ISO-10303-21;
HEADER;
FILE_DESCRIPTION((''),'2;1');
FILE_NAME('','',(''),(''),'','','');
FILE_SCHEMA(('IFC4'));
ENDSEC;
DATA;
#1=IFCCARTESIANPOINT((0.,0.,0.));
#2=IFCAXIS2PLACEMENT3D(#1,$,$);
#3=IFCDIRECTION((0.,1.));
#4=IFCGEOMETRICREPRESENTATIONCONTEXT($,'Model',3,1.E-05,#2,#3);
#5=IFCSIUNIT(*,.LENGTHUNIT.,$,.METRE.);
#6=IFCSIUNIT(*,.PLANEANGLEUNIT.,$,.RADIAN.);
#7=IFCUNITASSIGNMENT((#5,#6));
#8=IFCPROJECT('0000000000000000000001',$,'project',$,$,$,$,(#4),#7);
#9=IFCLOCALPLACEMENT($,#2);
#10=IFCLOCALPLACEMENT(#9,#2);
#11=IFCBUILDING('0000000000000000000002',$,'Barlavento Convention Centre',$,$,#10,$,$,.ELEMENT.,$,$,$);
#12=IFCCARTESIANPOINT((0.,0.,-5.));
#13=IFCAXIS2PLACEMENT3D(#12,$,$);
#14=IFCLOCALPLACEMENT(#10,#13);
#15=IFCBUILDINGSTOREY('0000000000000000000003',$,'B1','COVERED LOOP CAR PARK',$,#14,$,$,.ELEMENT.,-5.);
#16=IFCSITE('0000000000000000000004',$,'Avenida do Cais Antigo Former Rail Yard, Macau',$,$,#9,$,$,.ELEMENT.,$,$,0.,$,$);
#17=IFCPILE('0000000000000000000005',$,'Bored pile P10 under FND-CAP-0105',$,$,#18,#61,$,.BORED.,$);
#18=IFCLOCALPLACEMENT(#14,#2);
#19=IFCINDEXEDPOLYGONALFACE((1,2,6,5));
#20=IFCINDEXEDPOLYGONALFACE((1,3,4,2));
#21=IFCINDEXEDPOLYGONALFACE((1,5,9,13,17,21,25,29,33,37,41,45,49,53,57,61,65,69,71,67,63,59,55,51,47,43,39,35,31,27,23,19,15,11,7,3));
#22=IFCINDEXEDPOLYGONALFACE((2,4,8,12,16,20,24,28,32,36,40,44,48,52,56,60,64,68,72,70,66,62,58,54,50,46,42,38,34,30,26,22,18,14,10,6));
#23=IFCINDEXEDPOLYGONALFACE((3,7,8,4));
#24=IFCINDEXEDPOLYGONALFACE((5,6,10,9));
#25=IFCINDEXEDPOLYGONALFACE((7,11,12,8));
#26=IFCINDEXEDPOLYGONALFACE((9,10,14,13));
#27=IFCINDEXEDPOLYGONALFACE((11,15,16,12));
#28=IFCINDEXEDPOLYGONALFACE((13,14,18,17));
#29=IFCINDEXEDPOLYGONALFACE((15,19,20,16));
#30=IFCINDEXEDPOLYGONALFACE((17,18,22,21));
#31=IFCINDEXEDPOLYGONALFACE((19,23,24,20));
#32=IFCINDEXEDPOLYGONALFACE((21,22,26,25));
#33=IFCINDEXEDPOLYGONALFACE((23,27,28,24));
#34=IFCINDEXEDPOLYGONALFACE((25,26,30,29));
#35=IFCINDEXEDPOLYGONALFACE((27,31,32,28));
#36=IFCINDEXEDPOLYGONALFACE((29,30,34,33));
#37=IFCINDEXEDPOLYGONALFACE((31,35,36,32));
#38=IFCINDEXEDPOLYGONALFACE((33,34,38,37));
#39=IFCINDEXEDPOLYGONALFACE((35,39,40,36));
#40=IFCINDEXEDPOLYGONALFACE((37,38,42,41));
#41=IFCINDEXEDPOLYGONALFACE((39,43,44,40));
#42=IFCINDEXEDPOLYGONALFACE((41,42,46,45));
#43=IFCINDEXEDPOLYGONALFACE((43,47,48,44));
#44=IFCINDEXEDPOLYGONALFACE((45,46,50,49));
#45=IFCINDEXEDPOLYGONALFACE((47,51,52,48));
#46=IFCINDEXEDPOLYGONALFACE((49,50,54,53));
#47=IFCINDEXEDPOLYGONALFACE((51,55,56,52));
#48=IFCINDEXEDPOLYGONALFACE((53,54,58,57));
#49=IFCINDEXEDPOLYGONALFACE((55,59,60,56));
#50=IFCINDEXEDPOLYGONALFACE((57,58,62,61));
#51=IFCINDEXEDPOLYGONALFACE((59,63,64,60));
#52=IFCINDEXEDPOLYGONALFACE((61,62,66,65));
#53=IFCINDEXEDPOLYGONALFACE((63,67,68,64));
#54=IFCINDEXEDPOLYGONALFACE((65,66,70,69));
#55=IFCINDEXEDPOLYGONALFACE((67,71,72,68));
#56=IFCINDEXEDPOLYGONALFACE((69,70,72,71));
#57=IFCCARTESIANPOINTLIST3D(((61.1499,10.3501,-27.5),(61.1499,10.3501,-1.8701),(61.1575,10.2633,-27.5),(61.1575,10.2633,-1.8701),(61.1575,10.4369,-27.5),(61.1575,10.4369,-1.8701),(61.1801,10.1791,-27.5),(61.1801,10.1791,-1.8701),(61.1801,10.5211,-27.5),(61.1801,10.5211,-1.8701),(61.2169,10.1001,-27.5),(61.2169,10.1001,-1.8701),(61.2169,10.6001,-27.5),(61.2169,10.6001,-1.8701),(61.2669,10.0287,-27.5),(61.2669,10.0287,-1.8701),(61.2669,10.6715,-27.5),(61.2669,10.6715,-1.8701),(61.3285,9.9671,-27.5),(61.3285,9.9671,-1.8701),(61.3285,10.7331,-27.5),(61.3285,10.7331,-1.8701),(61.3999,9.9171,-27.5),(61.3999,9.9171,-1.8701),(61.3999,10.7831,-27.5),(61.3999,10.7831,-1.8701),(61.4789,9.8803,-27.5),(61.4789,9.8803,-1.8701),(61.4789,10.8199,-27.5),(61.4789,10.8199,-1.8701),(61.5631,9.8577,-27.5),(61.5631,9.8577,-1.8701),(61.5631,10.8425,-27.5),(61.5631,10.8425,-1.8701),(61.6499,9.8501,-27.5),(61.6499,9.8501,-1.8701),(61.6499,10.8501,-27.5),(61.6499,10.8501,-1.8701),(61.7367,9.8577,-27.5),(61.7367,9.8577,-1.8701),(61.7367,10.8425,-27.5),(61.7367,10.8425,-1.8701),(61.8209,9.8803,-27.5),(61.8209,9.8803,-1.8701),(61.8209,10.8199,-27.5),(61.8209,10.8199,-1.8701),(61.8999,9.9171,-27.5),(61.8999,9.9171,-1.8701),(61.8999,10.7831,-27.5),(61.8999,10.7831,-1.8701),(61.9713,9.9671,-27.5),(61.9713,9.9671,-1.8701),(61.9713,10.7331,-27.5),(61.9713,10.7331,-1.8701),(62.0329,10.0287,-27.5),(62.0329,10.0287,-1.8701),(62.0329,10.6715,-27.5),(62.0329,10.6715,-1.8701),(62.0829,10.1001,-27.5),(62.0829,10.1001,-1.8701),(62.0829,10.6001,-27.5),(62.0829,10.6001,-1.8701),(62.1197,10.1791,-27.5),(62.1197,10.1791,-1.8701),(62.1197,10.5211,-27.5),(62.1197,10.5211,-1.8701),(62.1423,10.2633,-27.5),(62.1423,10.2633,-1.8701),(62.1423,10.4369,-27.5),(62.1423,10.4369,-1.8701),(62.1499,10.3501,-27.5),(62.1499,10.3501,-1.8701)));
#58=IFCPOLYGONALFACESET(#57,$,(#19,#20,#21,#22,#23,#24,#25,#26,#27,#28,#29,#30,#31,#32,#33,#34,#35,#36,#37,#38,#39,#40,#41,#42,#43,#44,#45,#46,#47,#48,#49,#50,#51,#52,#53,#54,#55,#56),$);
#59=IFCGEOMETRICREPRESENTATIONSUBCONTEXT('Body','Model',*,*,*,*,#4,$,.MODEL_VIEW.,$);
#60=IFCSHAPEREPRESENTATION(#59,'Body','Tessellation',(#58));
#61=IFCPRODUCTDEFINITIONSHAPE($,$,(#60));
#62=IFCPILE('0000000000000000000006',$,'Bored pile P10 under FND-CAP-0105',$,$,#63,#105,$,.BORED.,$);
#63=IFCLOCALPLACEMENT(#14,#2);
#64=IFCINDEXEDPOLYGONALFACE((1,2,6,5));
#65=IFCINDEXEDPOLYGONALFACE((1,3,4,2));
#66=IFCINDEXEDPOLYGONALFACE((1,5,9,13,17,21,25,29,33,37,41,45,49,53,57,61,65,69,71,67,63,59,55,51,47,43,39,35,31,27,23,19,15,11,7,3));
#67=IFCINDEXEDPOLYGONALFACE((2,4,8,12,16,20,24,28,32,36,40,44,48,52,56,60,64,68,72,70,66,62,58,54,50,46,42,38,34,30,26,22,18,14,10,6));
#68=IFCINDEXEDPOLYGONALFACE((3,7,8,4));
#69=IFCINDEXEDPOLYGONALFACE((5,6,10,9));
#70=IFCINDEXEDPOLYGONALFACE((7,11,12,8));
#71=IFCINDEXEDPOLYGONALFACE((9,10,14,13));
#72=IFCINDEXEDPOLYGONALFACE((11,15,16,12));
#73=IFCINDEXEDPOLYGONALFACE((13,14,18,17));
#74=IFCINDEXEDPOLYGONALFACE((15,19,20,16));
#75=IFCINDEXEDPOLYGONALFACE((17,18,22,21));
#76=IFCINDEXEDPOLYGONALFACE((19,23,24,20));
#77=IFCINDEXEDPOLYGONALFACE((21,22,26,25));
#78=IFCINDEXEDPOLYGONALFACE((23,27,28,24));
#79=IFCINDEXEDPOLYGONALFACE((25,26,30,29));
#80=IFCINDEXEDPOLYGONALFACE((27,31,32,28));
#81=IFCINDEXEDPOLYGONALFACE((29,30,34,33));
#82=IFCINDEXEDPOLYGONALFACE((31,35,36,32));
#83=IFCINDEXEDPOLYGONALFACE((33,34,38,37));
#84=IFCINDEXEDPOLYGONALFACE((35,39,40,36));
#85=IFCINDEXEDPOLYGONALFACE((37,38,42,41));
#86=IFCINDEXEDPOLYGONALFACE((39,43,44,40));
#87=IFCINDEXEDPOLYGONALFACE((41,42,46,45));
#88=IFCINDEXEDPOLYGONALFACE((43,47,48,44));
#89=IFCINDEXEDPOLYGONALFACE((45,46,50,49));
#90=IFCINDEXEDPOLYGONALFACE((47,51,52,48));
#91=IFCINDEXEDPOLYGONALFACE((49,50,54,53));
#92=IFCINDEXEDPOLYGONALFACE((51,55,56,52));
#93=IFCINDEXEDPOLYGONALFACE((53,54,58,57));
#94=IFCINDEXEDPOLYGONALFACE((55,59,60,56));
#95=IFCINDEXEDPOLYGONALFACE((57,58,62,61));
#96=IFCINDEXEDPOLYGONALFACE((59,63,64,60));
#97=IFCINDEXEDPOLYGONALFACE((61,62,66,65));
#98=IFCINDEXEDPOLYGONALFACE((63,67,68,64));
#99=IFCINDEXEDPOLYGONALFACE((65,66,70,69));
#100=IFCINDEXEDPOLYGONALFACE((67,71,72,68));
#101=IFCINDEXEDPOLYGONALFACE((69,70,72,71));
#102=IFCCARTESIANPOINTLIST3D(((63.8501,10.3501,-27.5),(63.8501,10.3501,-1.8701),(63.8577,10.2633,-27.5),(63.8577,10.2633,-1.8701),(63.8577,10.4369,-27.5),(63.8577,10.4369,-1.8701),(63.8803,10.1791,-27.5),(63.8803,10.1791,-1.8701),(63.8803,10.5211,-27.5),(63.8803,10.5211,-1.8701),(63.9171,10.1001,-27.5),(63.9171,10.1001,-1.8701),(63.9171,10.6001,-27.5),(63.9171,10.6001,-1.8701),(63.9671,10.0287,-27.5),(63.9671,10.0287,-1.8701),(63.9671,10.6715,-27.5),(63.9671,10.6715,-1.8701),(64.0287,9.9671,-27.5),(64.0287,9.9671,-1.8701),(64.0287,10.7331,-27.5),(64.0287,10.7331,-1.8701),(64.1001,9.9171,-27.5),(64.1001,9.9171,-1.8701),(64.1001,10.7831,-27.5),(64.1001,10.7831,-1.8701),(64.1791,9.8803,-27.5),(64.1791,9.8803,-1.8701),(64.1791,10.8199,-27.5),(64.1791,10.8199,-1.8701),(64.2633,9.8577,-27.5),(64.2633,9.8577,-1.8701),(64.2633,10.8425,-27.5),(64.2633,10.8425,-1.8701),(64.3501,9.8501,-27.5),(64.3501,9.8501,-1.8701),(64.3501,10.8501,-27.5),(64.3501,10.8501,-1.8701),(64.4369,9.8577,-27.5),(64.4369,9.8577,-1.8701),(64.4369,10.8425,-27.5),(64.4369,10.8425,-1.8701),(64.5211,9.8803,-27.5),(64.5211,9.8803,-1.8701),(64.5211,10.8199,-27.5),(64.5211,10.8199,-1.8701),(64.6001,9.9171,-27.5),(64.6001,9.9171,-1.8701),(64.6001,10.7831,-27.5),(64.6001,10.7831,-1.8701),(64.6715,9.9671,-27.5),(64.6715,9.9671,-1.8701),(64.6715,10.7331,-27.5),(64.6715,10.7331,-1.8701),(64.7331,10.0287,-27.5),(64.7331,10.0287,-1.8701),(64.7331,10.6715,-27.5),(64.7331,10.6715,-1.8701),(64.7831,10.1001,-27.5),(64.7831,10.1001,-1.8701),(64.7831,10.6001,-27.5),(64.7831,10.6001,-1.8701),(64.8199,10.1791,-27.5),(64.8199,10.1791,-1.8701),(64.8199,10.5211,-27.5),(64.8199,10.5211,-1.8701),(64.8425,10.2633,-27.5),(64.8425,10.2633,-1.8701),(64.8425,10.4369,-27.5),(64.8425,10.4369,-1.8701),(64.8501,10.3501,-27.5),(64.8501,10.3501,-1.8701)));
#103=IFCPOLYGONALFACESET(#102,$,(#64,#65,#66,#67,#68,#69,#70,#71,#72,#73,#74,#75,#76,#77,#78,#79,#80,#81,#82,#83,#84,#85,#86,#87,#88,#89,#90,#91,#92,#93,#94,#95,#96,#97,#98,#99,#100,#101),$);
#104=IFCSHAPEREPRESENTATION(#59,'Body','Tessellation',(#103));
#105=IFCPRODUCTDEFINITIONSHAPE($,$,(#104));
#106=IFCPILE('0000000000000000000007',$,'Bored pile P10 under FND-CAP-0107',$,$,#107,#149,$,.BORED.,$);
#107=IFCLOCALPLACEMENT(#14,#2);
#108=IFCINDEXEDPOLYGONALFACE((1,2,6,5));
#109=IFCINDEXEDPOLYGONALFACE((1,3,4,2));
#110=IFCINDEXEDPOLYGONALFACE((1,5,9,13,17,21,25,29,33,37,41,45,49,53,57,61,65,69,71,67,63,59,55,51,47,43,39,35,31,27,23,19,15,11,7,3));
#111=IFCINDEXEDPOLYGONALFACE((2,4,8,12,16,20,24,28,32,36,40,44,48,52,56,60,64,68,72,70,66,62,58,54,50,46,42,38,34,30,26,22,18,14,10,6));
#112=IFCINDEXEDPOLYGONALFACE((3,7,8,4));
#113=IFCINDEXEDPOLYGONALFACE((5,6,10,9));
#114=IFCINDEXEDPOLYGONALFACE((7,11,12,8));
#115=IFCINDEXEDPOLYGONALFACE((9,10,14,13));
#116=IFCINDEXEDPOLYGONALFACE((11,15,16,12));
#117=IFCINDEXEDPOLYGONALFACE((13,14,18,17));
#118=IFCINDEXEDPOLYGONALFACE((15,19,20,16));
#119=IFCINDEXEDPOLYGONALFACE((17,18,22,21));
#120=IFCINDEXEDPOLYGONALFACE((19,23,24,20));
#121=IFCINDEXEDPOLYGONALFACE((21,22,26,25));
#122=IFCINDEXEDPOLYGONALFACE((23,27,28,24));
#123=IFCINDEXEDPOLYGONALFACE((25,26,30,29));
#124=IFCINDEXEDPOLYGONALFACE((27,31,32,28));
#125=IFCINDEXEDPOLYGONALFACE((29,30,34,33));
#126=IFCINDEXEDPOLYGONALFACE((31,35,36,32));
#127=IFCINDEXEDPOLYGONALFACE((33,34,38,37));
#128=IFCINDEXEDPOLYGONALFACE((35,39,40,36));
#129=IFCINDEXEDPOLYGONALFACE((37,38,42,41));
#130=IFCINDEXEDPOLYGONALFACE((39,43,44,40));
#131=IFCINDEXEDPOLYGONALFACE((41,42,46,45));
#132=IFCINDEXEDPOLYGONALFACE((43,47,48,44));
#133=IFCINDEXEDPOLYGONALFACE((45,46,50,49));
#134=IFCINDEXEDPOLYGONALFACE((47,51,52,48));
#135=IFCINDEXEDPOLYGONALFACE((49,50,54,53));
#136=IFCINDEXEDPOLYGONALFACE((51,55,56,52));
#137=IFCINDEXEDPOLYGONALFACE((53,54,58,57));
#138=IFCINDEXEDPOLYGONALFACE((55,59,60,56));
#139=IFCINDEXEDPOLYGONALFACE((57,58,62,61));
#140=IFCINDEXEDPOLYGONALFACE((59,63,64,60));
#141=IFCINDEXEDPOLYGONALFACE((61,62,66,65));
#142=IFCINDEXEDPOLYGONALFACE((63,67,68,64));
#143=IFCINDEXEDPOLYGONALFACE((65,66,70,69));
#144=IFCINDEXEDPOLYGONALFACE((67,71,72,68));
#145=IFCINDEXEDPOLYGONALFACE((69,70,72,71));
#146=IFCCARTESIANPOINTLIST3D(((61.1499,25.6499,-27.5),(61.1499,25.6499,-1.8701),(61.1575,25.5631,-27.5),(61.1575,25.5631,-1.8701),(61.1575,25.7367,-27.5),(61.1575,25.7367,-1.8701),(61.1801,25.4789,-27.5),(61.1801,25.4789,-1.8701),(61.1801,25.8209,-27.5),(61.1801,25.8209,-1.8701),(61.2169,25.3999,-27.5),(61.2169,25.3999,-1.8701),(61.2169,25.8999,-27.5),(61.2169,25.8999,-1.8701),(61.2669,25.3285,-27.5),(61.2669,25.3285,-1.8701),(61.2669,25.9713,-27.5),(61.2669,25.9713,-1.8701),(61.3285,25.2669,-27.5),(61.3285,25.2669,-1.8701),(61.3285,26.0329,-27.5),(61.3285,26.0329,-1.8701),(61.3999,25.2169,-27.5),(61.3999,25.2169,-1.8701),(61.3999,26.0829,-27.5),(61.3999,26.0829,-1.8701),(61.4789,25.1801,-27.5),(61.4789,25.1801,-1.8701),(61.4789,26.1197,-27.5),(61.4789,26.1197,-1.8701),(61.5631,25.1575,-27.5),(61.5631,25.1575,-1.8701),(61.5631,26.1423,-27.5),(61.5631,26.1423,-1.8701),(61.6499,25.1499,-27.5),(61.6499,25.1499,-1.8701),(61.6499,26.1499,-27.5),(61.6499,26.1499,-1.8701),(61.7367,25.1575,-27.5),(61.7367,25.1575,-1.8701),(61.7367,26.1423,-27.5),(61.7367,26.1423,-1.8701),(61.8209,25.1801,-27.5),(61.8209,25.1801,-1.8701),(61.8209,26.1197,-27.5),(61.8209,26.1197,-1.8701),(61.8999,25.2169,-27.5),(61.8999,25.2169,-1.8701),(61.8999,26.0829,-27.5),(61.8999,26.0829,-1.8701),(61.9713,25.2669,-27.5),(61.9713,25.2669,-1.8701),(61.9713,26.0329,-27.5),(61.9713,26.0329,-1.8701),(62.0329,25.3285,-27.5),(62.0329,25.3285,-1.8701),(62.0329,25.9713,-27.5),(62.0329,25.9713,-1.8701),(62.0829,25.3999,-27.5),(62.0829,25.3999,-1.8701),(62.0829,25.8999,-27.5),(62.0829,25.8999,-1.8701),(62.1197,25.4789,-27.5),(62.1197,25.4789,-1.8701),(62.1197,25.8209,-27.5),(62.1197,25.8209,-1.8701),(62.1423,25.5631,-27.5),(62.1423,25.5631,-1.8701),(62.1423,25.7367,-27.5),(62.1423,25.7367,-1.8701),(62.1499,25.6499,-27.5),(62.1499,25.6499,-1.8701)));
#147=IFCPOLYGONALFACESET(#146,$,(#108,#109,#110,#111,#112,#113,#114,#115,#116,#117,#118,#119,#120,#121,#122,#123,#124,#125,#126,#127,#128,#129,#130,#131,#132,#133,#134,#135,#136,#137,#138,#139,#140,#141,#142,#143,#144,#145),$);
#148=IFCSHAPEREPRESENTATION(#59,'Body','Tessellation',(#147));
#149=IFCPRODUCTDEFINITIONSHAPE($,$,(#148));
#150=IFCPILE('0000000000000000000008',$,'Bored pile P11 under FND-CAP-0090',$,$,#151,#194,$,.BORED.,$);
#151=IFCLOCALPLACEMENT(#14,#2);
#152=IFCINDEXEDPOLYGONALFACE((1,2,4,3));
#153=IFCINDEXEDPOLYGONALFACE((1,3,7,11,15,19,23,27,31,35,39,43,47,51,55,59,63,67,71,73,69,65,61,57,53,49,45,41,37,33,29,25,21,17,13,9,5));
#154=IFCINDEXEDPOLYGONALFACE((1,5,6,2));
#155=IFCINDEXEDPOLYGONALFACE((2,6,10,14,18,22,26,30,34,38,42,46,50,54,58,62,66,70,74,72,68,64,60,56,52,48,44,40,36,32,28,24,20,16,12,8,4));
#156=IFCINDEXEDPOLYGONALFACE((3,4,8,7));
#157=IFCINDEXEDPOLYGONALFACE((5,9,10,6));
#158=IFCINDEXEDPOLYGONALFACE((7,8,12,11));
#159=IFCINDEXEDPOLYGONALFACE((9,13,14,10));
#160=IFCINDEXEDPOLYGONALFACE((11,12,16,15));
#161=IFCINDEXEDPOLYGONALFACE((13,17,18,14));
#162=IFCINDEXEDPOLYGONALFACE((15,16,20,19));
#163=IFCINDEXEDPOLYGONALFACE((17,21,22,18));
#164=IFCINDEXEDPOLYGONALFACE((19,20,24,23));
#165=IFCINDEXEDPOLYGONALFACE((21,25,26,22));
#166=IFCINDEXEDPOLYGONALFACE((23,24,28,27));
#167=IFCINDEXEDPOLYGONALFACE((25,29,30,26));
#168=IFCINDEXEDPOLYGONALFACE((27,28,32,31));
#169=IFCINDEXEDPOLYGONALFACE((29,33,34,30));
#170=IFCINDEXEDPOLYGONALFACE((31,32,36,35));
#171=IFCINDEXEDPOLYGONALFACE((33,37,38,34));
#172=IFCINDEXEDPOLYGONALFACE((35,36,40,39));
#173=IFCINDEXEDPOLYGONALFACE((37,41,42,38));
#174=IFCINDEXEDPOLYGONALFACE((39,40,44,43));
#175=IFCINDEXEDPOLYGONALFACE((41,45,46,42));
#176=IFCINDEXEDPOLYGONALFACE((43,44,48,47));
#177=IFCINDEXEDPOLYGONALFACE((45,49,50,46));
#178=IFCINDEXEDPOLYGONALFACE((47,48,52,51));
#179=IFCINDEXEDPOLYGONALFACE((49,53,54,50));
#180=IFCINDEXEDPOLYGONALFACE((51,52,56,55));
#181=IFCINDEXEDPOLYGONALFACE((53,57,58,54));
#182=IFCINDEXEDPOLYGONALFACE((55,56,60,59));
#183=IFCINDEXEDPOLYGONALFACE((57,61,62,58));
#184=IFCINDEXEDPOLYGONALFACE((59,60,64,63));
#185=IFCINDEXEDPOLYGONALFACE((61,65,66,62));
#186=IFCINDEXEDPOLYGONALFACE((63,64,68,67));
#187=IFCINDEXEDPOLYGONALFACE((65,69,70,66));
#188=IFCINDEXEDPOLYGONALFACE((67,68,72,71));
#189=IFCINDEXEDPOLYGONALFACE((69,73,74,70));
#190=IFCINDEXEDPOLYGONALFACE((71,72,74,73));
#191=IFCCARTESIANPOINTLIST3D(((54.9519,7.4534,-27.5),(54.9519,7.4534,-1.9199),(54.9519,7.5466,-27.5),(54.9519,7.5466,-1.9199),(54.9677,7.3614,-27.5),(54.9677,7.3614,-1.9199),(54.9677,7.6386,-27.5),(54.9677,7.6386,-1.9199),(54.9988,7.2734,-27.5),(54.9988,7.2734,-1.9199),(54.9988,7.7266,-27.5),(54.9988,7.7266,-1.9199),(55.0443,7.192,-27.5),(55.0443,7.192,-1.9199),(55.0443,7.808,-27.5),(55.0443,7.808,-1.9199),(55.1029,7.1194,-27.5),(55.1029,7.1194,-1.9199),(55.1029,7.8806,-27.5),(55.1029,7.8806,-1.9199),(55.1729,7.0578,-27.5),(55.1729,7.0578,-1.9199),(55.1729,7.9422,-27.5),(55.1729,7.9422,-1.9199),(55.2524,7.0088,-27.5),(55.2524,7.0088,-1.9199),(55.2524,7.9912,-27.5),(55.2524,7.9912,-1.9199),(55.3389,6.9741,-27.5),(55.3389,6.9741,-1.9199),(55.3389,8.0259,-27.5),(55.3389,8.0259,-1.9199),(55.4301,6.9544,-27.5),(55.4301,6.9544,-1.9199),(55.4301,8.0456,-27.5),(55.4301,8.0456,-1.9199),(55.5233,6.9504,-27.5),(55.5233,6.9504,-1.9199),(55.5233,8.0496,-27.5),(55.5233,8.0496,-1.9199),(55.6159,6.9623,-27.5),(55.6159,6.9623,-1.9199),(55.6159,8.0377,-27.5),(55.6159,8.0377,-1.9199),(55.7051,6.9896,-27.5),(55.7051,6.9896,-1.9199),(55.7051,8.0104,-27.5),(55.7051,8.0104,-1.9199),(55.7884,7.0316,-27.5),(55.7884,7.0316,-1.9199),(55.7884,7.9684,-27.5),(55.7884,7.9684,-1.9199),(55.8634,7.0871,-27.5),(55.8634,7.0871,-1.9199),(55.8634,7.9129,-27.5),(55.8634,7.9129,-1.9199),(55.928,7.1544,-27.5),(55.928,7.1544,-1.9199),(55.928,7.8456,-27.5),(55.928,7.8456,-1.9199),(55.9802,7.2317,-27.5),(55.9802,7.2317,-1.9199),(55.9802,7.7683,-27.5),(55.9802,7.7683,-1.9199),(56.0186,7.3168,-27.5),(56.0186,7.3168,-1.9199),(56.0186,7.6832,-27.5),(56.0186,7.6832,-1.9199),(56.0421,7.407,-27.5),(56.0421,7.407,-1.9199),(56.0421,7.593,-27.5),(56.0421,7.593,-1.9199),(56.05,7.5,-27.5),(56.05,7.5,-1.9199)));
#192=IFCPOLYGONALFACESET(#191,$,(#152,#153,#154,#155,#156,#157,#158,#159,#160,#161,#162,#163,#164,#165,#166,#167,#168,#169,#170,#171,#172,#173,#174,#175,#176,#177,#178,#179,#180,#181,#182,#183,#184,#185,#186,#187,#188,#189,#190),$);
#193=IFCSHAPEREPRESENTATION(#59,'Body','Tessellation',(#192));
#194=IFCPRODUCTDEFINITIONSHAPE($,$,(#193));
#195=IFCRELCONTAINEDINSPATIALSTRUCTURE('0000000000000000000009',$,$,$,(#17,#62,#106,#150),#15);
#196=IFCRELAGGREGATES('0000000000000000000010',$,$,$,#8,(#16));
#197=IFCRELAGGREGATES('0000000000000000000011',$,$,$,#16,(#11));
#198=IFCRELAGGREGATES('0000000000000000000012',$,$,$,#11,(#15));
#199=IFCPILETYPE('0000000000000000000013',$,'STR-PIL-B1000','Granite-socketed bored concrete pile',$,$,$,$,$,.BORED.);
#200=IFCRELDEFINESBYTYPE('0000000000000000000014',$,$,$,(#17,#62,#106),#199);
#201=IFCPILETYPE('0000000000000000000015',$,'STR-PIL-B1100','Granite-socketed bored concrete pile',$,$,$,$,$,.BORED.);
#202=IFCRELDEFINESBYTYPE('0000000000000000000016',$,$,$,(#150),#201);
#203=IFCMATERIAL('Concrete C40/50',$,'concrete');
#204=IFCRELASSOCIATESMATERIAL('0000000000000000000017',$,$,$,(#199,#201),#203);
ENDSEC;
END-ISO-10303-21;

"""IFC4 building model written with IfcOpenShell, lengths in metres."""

from ifc_helpers import new_model, si_unit, direction, frame, origin, origin_2d, place, context, subcontext, project, spatial, circle, extrude, material, material_profile, profile_set, type_object, element, save


model = new_model("IFC4")

# Units and contexts
model_context = context("Model", 3, precision=1e-05, world=origin(), true_north=direction((0.0, 1.0)))
body_context = subcontext(model_context, "Body", "Model", "MODEL_VIEW")
ifc_project = project(units=[si_unit("LENGTHUNIT", "METRE"), si_unit("PLANEANGLEUNIT", "RADIAN")], contexts=[model_context])

# Site, building, storey
site_placement = place(None, origin())
site = spatial("IfcSite", under=ifc_project, at=site_placement, Name="Avenida do Cais Antigo Former Rail Yard, Macau", CompositionType="ELEMENT", RefElevation=0.0)
building_placement = place(site_placement, origin())
building = spatial("IfcBuilding", under=site, at=building_placement, Name="Barlavento Convention Centre", CompositionType="ELEMENT")
storey_placement = place(building_placement, frame((0.0, 0.0, -5.0)))
storey = spatial("IfcBuildingStorey", under=building, at=storey_placement, Name="B1", Description="COVERED LOOP CAR PARK", CompositionType="ELEMENT", Elevation=-5.0)

# Shared definitions
ifc_material_1 = material(Name="Concrete C40/50", Category="concrete")

# Piles
ifc_material_profile_1 = material_profile(ifc_material_1, circle(Radius=0.5, at=origin_2d()), Name="BORED PILE 1000")
ifc_profile_set_1 = profile_set([ifc_material_profile_1], Name="Concrete C40/50")
pile_type_1 = type_object("IfcPileType", Name="STR-PIL-B1000", Description="Granite-socketed bored concrete pile", PredefinedType="BORED", material=ifc_profile_set_1)
for number, where, z_axis, x_axis, name in (
    (1, (61.6499, 10.3501, -1.8701), (0.0, 0.0, -1.0), (1.0, 0.0, 0.0), "Bored pile P10 under FND-CAP-0105"),
    (2, (64.3501, 10.3501, -1.8701), (0.0, 0.0, -1.0), (1.0, 0.0, 0.0), "Bored pile P10 under FND-CAP-0105"),
    (3, (61.6499, 25.6499, -1.8701), (0.0, 0.0, -1.0), (1.0, 0.0, 0.0), "Bored pile P10 under FND-CAP-0107"),
):
    element("IfcPile", number, at=place(storey_placement, frame(where, z_axis=z_axis, x_axis=x_axis)), inside=storey, type_object=pile_type_1, Name=name, PredefinedType="BORED", context=body_context, shape_type="SweptSolid", body=[
        extrude(circle(Radius=0.5, at=origin_2d()), origin(), (0.0, 0.0, 1.0), 25.6299),
    ])
ifc_material_profile_2 = material_profile(ifc_material_1, circle(Radius=0.55, at=origin_2d()), Name="BORED PILE 1100")
ifc_profile_set_2 = profile_set([ifc_material_profile_2], Name="Concrete C40/50")
pile_type_2 = type_object("IfcPileType", Name="STR-PIL-B1100", Description="Granite-socketed bored concrete pile", PredefinedType="BORED", material=ifc_profile_set_2)
for number, where, z_axis, x_axis, name in (
    (4, (55.5, 7.5, -1.9199), (0.0, 0.0, -1.0), (1.0, 0.0, 0.0), "Bored pile P11 under FND-CAP-0090"),
):
    element("IfcPile", number, at=place(storey_placement, frame(where, z_axis=z_axis, x_axis=x_axis)), inside=storey, type_object=pile_type_2, Name=name, PredefinedType="BORED", context=body_context, shape_type="SweptSolid", body=[
        extrude(circle(Radius=0.55, at=origin_2d()), origin(), (0.0, 0.0, 1.0), 25.5801),
    ])

save(model, "model.ifc")
